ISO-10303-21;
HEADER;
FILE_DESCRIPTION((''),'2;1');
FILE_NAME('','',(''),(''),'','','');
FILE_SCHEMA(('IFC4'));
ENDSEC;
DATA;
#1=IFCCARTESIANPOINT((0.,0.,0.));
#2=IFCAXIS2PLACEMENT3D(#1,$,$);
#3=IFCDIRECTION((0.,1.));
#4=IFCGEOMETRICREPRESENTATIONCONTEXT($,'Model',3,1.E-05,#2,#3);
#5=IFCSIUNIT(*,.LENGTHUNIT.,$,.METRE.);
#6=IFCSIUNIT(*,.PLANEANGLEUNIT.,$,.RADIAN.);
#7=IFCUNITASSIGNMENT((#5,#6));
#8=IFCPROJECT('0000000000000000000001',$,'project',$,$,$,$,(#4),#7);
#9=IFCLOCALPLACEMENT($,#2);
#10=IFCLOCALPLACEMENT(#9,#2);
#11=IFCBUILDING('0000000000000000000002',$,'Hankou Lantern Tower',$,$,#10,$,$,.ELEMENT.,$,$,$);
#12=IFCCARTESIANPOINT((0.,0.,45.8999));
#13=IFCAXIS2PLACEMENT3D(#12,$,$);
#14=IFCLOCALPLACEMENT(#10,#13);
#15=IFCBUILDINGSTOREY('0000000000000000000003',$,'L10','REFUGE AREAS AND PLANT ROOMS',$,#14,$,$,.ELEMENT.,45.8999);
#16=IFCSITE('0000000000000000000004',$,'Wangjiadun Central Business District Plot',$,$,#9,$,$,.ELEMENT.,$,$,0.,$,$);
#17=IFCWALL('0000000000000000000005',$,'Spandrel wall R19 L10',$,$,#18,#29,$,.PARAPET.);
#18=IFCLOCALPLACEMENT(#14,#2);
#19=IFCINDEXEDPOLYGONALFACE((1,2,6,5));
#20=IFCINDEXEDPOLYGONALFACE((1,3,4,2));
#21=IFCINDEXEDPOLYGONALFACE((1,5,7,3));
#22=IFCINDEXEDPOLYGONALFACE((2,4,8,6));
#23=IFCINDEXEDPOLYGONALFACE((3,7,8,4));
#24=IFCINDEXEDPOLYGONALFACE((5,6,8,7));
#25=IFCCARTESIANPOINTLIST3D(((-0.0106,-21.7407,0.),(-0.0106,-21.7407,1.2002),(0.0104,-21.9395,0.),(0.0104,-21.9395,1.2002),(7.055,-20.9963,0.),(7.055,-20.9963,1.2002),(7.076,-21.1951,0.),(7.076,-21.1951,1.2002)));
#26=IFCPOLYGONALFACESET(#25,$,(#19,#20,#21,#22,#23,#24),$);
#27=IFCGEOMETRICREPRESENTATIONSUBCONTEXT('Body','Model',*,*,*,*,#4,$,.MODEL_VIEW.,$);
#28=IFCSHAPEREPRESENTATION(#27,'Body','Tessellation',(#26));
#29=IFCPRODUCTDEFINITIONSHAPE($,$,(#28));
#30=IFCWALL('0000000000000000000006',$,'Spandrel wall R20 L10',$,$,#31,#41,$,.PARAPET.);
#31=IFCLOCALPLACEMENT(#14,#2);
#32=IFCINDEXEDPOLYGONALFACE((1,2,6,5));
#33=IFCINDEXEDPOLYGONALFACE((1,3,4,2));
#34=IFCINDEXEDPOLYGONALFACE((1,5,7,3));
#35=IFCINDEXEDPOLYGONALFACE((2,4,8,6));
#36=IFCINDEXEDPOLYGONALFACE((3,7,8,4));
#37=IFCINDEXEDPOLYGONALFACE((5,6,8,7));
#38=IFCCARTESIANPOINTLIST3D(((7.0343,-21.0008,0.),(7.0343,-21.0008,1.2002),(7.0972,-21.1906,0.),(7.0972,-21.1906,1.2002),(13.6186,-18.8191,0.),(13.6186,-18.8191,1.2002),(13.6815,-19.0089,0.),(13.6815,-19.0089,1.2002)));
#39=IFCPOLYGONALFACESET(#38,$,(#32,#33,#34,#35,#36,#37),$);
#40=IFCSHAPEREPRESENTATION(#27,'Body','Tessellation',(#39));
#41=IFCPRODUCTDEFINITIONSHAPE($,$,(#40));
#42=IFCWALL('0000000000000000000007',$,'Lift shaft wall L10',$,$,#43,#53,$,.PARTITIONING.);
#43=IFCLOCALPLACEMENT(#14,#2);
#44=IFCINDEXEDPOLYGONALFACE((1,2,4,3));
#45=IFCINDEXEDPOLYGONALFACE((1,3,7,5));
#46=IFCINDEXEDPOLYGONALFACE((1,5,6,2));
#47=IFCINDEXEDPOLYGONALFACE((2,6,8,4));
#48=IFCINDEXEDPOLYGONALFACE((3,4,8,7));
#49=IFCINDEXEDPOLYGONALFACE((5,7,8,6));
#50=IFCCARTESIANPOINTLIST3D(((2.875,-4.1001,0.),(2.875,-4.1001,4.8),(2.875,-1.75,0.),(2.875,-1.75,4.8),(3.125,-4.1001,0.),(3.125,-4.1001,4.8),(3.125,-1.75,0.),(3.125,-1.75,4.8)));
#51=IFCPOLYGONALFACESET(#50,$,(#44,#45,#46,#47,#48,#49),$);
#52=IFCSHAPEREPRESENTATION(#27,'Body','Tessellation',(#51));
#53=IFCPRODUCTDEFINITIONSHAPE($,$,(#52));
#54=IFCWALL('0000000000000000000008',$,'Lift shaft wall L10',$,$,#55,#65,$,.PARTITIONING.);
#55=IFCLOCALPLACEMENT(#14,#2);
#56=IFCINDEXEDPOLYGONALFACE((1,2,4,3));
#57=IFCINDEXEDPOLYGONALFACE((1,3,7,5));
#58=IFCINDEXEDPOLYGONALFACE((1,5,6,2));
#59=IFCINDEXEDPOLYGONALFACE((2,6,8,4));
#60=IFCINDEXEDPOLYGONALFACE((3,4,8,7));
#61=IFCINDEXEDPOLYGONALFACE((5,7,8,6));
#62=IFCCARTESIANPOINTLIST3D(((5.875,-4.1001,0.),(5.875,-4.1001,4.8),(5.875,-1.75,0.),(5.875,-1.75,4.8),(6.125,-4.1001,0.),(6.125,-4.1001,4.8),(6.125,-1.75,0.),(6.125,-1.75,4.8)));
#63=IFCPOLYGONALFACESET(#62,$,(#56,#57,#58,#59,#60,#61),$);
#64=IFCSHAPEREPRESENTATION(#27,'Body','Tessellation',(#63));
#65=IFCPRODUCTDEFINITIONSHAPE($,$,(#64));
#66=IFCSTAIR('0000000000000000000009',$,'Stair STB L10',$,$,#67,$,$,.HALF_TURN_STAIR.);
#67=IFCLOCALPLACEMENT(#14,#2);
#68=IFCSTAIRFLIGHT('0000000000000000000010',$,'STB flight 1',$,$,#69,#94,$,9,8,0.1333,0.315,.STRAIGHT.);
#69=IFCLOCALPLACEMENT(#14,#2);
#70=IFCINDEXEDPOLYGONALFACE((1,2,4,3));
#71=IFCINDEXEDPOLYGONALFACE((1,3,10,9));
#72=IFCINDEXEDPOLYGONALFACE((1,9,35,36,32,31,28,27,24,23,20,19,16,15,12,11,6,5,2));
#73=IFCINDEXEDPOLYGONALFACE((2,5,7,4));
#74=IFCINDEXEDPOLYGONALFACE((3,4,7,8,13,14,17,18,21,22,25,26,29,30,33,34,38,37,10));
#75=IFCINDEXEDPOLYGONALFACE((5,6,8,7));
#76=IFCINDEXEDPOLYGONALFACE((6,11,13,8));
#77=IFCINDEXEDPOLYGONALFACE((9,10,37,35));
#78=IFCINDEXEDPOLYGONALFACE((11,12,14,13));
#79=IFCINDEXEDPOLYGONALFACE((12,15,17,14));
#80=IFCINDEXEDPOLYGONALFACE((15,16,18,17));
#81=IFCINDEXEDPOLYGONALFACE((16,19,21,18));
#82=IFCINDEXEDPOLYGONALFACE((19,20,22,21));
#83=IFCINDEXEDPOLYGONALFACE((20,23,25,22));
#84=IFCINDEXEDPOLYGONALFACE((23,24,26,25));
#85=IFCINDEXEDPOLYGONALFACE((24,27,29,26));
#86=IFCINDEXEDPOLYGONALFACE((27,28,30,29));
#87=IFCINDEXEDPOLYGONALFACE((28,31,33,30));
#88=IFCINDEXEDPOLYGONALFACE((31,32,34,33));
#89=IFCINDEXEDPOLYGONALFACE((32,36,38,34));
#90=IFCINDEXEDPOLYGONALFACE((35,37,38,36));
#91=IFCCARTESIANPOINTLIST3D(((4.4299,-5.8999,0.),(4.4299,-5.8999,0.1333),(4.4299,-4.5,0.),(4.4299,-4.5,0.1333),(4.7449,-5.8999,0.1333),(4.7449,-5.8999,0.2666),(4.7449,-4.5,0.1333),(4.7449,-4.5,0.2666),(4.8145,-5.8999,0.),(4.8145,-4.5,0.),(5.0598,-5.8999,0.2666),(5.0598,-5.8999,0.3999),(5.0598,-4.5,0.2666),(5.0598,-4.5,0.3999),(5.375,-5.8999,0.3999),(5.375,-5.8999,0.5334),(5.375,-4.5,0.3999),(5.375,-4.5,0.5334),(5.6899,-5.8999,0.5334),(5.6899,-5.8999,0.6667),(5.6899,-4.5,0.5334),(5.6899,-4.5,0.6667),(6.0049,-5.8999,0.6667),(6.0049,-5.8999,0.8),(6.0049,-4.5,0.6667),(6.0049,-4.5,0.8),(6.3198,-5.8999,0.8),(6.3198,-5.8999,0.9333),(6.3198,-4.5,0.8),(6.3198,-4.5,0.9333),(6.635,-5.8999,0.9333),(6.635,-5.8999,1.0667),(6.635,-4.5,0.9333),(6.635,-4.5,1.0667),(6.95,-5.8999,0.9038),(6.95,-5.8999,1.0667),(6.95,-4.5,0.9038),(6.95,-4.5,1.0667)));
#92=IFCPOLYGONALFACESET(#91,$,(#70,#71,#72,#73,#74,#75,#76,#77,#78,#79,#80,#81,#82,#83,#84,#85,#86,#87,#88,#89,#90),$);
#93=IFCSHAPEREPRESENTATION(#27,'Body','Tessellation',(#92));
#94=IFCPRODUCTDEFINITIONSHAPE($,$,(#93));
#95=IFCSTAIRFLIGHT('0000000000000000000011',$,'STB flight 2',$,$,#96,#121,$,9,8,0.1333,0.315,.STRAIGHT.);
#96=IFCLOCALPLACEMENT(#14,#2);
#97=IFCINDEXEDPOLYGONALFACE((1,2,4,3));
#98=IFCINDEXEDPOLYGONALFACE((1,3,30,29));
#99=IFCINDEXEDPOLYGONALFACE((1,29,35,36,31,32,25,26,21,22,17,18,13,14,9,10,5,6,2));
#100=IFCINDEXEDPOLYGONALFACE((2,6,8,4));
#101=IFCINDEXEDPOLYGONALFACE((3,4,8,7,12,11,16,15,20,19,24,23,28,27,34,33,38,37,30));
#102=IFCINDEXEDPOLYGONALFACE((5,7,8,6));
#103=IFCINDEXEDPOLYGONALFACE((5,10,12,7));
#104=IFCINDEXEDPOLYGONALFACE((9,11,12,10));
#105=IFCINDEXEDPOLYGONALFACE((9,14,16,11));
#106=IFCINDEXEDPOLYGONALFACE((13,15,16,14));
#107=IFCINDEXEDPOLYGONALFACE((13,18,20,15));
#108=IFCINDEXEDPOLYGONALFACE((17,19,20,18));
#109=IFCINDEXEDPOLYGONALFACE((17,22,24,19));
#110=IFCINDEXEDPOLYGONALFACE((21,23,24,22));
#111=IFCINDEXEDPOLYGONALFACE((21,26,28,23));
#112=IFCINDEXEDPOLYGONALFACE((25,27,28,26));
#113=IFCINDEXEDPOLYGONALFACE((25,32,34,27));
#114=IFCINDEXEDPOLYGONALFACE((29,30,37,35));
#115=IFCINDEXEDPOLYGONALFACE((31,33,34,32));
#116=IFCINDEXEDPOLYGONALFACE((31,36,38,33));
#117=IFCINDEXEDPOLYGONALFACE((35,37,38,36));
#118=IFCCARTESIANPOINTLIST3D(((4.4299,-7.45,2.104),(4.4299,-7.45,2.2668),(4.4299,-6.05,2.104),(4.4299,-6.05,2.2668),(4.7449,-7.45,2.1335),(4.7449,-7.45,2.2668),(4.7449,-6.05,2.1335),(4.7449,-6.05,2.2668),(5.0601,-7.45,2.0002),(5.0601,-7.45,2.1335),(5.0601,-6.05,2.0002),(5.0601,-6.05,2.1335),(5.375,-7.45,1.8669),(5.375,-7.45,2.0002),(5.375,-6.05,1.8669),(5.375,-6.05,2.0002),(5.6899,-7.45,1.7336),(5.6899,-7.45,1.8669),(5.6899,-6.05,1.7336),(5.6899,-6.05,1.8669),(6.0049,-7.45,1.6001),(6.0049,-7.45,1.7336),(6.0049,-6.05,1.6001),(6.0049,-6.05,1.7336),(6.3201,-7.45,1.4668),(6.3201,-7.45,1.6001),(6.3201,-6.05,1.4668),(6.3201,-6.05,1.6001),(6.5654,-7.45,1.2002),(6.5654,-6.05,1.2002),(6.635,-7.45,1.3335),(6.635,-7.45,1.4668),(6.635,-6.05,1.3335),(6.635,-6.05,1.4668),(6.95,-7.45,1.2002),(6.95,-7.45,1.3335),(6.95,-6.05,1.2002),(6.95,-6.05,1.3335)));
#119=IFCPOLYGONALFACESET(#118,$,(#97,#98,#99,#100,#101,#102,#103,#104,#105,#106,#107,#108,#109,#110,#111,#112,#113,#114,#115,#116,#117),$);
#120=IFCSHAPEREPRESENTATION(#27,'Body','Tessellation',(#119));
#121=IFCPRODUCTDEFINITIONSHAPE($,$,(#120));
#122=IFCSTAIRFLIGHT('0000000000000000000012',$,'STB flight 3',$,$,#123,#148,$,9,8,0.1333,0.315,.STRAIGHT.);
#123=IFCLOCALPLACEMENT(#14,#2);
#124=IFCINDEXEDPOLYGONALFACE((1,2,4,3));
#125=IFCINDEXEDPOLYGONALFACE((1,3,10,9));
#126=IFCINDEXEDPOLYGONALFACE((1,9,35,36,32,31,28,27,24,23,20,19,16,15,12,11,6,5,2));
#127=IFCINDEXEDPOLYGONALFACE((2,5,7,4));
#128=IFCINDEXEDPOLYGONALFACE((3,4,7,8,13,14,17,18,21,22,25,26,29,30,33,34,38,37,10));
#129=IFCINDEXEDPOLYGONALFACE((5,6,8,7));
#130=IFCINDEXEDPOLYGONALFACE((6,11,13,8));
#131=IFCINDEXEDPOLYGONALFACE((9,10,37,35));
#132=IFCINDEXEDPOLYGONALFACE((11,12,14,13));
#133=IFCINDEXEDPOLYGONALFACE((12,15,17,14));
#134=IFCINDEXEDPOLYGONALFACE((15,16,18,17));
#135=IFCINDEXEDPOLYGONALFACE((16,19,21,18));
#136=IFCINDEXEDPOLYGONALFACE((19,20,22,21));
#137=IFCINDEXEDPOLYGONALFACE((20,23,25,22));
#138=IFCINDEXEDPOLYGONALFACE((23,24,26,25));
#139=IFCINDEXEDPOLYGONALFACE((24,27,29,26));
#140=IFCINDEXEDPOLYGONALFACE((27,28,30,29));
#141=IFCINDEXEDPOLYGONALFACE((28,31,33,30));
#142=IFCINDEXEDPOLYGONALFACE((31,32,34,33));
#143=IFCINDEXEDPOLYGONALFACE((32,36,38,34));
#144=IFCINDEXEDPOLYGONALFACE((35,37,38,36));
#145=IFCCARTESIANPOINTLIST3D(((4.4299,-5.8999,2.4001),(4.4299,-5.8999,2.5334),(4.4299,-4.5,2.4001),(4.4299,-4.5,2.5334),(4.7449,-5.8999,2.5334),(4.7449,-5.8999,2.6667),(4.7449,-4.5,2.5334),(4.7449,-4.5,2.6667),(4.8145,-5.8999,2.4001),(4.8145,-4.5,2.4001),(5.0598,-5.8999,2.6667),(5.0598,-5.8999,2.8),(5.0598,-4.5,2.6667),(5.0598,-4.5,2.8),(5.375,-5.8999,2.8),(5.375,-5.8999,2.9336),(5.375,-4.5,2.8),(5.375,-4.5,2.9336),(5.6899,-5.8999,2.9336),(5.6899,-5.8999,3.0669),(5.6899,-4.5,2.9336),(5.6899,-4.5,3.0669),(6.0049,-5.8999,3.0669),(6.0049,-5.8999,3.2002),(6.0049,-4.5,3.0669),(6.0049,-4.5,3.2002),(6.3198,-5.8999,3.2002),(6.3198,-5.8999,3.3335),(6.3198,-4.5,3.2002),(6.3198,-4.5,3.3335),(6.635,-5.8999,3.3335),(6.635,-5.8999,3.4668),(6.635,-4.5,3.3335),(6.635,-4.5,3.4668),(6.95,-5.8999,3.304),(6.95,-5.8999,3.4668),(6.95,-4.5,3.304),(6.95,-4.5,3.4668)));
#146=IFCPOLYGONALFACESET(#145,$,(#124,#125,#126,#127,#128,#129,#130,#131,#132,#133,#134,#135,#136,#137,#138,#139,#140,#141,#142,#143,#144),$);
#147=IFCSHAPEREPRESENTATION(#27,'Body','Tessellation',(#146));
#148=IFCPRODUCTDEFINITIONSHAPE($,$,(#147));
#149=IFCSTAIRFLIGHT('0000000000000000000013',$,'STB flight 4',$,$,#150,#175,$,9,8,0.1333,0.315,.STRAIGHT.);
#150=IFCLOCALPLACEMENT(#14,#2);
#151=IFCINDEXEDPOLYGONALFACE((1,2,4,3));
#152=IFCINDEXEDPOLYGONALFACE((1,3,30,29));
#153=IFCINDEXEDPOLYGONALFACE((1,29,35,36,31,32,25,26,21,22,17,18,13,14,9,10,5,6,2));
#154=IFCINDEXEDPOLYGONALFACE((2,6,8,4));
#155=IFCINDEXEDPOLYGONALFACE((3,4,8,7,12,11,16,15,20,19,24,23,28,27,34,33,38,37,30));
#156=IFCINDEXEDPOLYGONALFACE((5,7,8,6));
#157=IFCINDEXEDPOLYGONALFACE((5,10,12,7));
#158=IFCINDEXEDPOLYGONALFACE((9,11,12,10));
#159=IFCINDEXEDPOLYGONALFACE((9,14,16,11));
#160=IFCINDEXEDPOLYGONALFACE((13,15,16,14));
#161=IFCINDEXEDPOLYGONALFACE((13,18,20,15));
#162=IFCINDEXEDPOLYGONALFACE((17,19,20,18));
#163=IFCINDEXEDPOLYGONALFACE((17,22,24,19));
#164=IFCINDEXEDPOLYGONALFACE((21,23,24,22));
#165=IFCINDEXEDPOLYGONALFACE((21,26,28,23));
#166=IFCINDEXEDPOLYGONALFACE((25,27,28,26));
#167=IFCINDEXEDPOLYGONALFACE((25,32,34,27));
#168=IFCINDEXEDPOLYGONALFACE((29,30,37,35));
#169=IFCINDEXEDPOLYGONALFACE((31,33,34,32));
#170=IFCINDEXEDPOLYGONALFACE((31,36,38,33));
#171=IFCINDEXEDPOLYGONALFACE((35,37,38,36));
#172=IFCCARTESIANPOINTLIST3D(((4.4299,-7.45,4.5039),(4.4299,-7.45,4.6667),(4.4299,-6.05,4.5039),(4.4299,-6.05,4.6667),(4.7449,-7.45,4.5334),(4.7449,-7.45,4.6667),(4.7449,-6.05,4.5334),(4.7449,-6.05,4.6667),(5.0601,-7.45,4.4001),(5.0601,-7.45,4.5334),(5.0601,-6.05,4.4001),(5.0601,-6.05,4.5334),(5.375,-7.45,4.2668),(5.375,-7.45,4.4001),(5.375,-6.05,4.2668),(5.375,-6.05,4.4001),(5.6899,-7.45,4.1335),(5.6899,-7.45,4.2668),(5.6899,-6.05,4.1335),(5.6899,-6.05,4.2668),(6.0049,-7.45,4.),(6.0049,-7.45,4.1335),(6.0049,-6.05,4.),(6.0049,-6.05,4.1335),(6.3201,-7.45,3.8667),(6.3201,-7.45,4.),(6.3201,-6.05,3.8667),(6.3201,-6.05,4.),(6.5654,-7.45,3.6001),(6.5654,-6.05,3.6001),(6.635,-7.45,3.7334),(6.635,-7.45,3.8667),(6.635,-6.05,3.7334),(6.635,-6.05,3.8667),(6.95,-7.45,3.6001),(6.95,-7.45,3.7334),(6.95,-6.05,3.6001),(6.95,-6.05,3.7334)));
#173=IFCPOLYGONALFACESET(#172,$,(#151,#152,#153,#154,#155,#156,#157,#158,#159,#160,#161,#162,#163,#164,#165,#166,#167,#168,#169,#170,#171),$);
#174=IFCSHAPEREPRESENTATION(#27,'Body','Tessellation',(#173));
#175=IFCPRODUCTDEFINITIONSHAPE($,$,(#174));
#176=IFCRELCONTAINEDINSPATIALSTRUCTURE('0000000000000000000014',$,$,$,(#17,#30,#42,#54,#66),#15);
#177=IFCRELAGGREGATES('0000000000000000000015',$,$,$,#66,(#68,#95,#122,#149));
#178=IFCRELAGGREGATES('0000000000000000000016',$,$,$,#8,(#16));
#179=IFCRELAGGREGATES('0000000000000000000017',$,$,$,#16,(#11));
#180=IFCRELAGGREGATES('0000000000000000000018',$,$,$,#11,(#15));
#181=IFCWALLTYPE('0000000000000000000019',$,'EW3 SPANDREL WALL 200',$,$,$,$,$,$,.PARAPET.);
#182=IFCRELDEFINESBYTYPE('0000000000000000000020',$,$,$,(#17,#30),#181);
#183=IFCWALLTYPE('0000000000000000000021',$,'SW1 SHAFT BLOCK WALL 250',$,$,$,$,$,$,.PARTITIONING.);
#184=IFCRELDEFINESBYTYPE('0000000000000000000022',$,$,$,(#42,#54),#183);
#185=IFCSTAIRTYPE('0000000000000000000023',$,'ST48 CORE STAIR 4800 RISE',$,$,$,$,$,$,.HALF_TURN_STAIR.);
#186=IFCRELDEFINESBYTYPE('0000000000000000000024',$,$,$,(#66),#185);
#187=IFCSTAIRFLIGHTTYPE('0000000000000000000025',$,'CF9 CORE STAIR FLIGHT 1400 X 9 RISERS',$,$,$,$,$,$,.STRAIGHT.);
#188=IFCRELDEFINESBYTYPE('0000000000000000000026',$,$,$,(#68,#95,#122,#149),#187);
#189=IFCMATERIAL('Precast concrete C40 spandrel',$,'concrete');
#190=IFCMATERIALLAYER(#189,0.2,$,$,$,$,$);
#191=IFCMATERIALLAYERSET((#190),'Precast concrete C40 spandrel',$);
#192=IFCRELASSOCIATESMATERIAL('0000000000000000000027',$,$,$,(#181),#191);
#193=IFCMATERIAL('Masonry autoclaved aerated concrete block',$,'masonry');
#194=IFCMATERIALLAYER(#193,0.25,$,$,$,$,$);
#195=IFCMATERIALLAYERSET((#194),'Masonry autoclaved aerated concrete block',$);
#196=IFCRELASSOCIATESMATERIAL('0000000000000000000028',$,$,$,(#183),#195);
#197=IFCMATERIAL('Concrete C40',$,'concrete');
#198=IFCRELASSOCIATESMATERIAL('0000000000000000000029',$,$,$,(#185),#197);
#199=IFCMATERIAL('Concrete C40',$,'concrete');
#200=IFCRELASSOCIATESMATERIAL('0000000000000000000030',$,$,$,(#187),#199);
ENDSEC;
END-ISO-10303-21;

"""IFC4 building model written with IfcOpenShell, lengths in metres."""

from ifc_helpers import new_model, si_unit, direction, frame, frame_2d, origin, place, context, subcontext, project, spatial, polyline, rectangle, outline, extrude, material, layer, layer_set, type_object, element, aggregate, save


model = new_model("IFC4")

# Units and contexts
model_context = context("Model", 3, precision=1e-05, world=origin(), true_north=direction((0.0, 1.0)))
body_context = subcontext(model_context, "Body", "Model", "MODEL_VIEW")
ifc_project = project(units=[si_unit("LENGTHUNIT", "METRE"), si_unit("PLANEANGLEUNIT", "RADIAN")], contexts=[model_context])

# Site, building, storey
site_placement = place(None, origin())
site = spatial("IfcSite", under=ifc_project, at=site_placement, Name="Wangjiadun Central Business District Plot", CompositionType="ELEMENT", RefElevation=0.0)
building_placement = place(site_placement, origin())
building = spatial("IfcBuilding", under=site, at=building_placement, Name="Hankou Lantern Tower", CompositionType="ELEMENT")
storey_placement = place(building_placement, frame((0.0, 0.0, 45.8999)))
storey = spatial("IfcBuildingStorey", under=building, at=storey_placement, Name="L10", Description="REFUGE AREAS AND PLANT ROOMS", CompositionType="ELEMENT", Elevation=45.8999)

# Walls
ifc_material_1 = material(Name="Precast concrete C40 spandrel", Category="concrete")
ifc_layer_1 = layer(ifc_material_1, 0.2)
ifc_layer_set_1 = layer_set([ifc_layer_1], Name="Precast concrete C40 spandrel")
wall_type_1 = type_object("IfcWallType", Name="EW3 SPANDREL WALL 200", PredefinedType="PARAPET", material=ifc_layer_set_1)
wall_1_placement = place(storey_placement, frame((0.0, -21.8401, 0.0), z_axis=(0.0, 0.0, 1.0), x_axis=(0.994496, 0.104772, 0.0)))
element("IfcWall", 1, at=wall_1_placement, inside=storey, type_object=wall_type_1, Name="Spandrel wall R19 L10", PredefinedType="PARAPET", context=body_context, shape_type="SweptSolid", body=[
    extrude(rectangle(XDim=7.1047, YDim=0.2, at=frame_2d((3.5522, 0.0))), origin(), (0.0, 0.0, 1.0), 1.2002),
])
wall_2_placement = place(storey_placement, frame((7.0657, -21.0957, 0.0), z_axis=(0.0, 0.0, 1.0), x_axis=(0.949248, 0.314527, 0.0)))
element("IfcWall", 2, at=wall_2_placement, inside=storey, type_object=wall_type_1, Name="Spandrel wall R20 L10", PredefinedType="PARAPET", context=body_context, shape_type="SweptSolid", body=[
    extrude(rectangle(XDim=6.9363, YDim=0.2, at=frame_2d((3.4683, 0.0))), origin(), (0.0, 0.0, 1.0), 1.2002),
])
ifc_material_2 = material(Name="Masonry autoclaved aerated concrete block", Category="masonry")
ifc_layer_2 = layer(ifc_material_2, 0.25)
ifc_layer_set_2 = layer_set([ifc_layer_2], Name="Masonry autoclaved aerated concrete block")
wall_type_2 = type_object("IfcWallType", Name="SW1 SHAFT BLOCK WALL 250", PredefinedType="PARTITIONING", material=ifc_layer_set_2)
for number, where, z_axis, x_axis, name in (
    (3, (3.0, -4.1001, 0.0), (0.0, 0.0, 1.0), (0.0, 1.0, 0.0), "Lift shaft wall L10"),
    (4, (6.0, -4.1001, 0.0), (0.0, 0.0, 1.0), (0.0, 1.0, 0.0), "Lift shaft wall L10"),
):
    element("IfcWall", number, at=place(storey_placement, frame(where, z_axis=z_axis, x_axis=x_axis)), inside=storey, type_object=wall_type_2, Name=name, PredefinedType="PARTITIONING", context=body_context, shape_type="SweptSolid", body=[
        extrude(rectangle(XDim=2.3501, YDim=0.25, at=frame_2d((1.175, 0.0))), origin(), (0.0, 0.0, 1.0), 4.8),
    ])

# Stair, stair flights
ifc_material_3 = material(Name="Concrete C40", Category="concrete")
stair_type = type_object("IfcStairType", Name="ST48 CORE STAIR 4800 RISE", PredefinedType="HALF_TURN_STAIR", material=ifc_material_3)
stair_placement = place(storey_placement, origin())
stair = element("IfcStair", 5, at=stair_placement, inside=storey, type_object=stair_type, Name="Stair STB L10", PredefinedType="HALF_TURN_STAIR")
ifc_material_4 = material(Name="Concrete C40", Category="concrete")
stair_flight_type = type_object("IfcStairFlightType", Name="CF9 CORE STAIR FLIGHT 1400 X 9 RISERS", PredefinedType="STRAIGHT", material=ifc_material_4)
stair_flight_1_placement = place(storey_placement, frame((4.4299, -5.2, 0.0), z_axis=(0.0, 0.0, 1.0), x_axis=(1.0, 0.0, 0.0)))
stair_flight_1 = element("IfcStairFlight", 6, at=stair_flight_1_placement, type_object=stair_flight_type, Name="STB flight 1", NumberOfRisers=9, NumberOfTreads=8, PredefinedType="STRAIGHT", RiserHeight=0.1333, TreadLength=0.315, context=body_context, shape_type="SweptSolid", body=[
    extrude(outline(polyline([(0.0, 0.0), (0.0, 0.1333), (0.3149, 0.1333), (0.3149, 0.2666), (0.6299, 0.2666), (0.6299, 0.3999), (0.9451, 0.3999), (0.9451, 0.5334), (1.26, 0.5334), (1.26, 0.6667), (1.575, 0.6667), (1.575, 0.8), (1.8899, 0.8), (1.8899, 0.9333), (2.2051, 0.9333), (2.2051, 1.0667), (2.52, 1.0667), (2.52, 1.2), (2.52, 0.9038), (0.3845, 0.0), (0.0, 0.0)])), frame((0.0, 0.7, 0.0), z_axis=(0.0, -1.0, 0.0), x_axis=(1.0, 0.0, 0.0)), (0.0, 0.0, 1.0), 1.3999),
])
stair_flight_2_placement = place(storey_placement, frame((6.95, -6.75, 1.2002), z_axis=(0.0, 0.0, 1.0), x_axis=(-1.0, 0.0, 0.0)))
stair_flight_2 = element("IfcStairFlight", 7, at=stair_flight_2_placement, type_object=stair_flight_type, Name="STB flight 2", NumberOfRisers=9, NumberOfTreads=8, PredefinedType="STRAIGHT", RiserHeight=0.1333, TreadLength=0.315, context=body_context, shape_type="SweptSolid", body=[
    extrude(outline(polyline([(0.0, 0.0), (0.0, 0.1333), (0.3149, 0.1333), (0.3149, 0.2666), (0.6299, 0.2666), (0.6299, 0.3999), (0.9451, 0.3999), (0.9451, 0.5334), (1.26, 0.5334), (1.26, 0.6667), (1.575, 0.6667), (1.575, 0.8), (1.8899, 0.8), (1.8899, 0.9333), (2.2051, 0.9333), (2.2051, 1.0667), (2.52, 1.0667), (2.52, 1.2), (2.52, 0.9038), (0.3845, 0.0), (0.0, 0.0)])), frame((0.0, 0.7, 0.0), z_axis=(0.0, -1.0, 0.0), x_axis=(1.0, 0.0, 0.0)), (0.0, 0.0, 1.0), 1.3999),
])
stair_flight_3_placement = place(storey_placement, frame((4.4299, -5.2, 2.4001), z_axis=(0.0, 0.0, 1.0), x_axis=(1.0, 0.0, 0.0)))
stair_flight_3 = element("IfcStairFlight", 8, at=stair_flight_3_placement, type_object=stair_flight_type, Name="STB flight 3", NumberOfRisers=9, NumberOfTreads=8, PredefinedType="STRAIGHT", RiserHeight=0.1333, TreadLength=0.315, context=body_context, shape_type="SweptSolid", body=[
    extrude(outline(polyline([(0.0, 0.0), (0.0, 0.1333), (0.3149, 0.1333), (0.3149, 0.2666), (0.6299, 0.2666), (0.6299, 0.3999), (0.9451, 0.3999), (0.9451, 0.5334), (1.26, 0.5334), (1.26, 0.6667), (1.575, 0.6667), (1.575, 0.8), (1.8899, 0.8), (1.8899, 0.9333), (2.2051, 0.9333), (2.2051, 1.0667), (2.52, 1.0667), (2.52, 1.2), (2.52, 0.9038), (0.3845, 0.0), (0.0, 0.0)])), frame((0.0, 0.7, 0.0), z_axis=(0.0, -1.0, 0.0), x_axis=(1.0, 0.0, 0.0)), (0.0, 0.0, 1.0), 1.3999),
])
stair_flight_4_placement = place(storey_placement, frame((6.95, -6.75, 3.6001), z_axis=(0.0, 0.0, 1.0), x_axis=(-1.0, 0.0, 0.0)))
stair_flight_4 = element("IfcStairFlight", 9, at=stair_flight_4_placement, type_object=stair_flight_type, Name="STB flight 4", NumberOfRisers=9, NumberOfTreads=8, PredefinedType="STRAIGHT", RiserHeight=0.1333, TreadLength=0.315, context=body_context, shape_type="SweptSolid", body=[
    extrude(outline(polyline([(0.0, 0.0), (0.0, 0.1333), (0.3149, 0.1333), (0.3149, 0.2666), (0.6299, 0.2666), (0.6299, 0.3999), (0.9451, 0.3999), (0.9451, 0.5334), (1.26, 0.5334), (1.26, 0.6667), (1.575, 0.6667), (1.575, 0.8), (1.8899, 0.8), (1.8899, 0.9333), (2.2051, 0.9333), (2.2051, 1.0667), (2.52, 1.0667), (2.52, 1.2), (2.52, 0.9038), (0.3845, 0.0), (0.0, 0.0)])), frame((0.0, 0.7, 0.0), z_axis=(0.0, -1.0, 0.0), x_axis=(1.0, 0.0, 0.0)), (0.0, 0.0, 1.0), 1.3999),
])
aggregate(stair, [stair_flight_1, stair_flight_2, stair_flight_3, stair_flight_4])

save(model, "model.ifc")
